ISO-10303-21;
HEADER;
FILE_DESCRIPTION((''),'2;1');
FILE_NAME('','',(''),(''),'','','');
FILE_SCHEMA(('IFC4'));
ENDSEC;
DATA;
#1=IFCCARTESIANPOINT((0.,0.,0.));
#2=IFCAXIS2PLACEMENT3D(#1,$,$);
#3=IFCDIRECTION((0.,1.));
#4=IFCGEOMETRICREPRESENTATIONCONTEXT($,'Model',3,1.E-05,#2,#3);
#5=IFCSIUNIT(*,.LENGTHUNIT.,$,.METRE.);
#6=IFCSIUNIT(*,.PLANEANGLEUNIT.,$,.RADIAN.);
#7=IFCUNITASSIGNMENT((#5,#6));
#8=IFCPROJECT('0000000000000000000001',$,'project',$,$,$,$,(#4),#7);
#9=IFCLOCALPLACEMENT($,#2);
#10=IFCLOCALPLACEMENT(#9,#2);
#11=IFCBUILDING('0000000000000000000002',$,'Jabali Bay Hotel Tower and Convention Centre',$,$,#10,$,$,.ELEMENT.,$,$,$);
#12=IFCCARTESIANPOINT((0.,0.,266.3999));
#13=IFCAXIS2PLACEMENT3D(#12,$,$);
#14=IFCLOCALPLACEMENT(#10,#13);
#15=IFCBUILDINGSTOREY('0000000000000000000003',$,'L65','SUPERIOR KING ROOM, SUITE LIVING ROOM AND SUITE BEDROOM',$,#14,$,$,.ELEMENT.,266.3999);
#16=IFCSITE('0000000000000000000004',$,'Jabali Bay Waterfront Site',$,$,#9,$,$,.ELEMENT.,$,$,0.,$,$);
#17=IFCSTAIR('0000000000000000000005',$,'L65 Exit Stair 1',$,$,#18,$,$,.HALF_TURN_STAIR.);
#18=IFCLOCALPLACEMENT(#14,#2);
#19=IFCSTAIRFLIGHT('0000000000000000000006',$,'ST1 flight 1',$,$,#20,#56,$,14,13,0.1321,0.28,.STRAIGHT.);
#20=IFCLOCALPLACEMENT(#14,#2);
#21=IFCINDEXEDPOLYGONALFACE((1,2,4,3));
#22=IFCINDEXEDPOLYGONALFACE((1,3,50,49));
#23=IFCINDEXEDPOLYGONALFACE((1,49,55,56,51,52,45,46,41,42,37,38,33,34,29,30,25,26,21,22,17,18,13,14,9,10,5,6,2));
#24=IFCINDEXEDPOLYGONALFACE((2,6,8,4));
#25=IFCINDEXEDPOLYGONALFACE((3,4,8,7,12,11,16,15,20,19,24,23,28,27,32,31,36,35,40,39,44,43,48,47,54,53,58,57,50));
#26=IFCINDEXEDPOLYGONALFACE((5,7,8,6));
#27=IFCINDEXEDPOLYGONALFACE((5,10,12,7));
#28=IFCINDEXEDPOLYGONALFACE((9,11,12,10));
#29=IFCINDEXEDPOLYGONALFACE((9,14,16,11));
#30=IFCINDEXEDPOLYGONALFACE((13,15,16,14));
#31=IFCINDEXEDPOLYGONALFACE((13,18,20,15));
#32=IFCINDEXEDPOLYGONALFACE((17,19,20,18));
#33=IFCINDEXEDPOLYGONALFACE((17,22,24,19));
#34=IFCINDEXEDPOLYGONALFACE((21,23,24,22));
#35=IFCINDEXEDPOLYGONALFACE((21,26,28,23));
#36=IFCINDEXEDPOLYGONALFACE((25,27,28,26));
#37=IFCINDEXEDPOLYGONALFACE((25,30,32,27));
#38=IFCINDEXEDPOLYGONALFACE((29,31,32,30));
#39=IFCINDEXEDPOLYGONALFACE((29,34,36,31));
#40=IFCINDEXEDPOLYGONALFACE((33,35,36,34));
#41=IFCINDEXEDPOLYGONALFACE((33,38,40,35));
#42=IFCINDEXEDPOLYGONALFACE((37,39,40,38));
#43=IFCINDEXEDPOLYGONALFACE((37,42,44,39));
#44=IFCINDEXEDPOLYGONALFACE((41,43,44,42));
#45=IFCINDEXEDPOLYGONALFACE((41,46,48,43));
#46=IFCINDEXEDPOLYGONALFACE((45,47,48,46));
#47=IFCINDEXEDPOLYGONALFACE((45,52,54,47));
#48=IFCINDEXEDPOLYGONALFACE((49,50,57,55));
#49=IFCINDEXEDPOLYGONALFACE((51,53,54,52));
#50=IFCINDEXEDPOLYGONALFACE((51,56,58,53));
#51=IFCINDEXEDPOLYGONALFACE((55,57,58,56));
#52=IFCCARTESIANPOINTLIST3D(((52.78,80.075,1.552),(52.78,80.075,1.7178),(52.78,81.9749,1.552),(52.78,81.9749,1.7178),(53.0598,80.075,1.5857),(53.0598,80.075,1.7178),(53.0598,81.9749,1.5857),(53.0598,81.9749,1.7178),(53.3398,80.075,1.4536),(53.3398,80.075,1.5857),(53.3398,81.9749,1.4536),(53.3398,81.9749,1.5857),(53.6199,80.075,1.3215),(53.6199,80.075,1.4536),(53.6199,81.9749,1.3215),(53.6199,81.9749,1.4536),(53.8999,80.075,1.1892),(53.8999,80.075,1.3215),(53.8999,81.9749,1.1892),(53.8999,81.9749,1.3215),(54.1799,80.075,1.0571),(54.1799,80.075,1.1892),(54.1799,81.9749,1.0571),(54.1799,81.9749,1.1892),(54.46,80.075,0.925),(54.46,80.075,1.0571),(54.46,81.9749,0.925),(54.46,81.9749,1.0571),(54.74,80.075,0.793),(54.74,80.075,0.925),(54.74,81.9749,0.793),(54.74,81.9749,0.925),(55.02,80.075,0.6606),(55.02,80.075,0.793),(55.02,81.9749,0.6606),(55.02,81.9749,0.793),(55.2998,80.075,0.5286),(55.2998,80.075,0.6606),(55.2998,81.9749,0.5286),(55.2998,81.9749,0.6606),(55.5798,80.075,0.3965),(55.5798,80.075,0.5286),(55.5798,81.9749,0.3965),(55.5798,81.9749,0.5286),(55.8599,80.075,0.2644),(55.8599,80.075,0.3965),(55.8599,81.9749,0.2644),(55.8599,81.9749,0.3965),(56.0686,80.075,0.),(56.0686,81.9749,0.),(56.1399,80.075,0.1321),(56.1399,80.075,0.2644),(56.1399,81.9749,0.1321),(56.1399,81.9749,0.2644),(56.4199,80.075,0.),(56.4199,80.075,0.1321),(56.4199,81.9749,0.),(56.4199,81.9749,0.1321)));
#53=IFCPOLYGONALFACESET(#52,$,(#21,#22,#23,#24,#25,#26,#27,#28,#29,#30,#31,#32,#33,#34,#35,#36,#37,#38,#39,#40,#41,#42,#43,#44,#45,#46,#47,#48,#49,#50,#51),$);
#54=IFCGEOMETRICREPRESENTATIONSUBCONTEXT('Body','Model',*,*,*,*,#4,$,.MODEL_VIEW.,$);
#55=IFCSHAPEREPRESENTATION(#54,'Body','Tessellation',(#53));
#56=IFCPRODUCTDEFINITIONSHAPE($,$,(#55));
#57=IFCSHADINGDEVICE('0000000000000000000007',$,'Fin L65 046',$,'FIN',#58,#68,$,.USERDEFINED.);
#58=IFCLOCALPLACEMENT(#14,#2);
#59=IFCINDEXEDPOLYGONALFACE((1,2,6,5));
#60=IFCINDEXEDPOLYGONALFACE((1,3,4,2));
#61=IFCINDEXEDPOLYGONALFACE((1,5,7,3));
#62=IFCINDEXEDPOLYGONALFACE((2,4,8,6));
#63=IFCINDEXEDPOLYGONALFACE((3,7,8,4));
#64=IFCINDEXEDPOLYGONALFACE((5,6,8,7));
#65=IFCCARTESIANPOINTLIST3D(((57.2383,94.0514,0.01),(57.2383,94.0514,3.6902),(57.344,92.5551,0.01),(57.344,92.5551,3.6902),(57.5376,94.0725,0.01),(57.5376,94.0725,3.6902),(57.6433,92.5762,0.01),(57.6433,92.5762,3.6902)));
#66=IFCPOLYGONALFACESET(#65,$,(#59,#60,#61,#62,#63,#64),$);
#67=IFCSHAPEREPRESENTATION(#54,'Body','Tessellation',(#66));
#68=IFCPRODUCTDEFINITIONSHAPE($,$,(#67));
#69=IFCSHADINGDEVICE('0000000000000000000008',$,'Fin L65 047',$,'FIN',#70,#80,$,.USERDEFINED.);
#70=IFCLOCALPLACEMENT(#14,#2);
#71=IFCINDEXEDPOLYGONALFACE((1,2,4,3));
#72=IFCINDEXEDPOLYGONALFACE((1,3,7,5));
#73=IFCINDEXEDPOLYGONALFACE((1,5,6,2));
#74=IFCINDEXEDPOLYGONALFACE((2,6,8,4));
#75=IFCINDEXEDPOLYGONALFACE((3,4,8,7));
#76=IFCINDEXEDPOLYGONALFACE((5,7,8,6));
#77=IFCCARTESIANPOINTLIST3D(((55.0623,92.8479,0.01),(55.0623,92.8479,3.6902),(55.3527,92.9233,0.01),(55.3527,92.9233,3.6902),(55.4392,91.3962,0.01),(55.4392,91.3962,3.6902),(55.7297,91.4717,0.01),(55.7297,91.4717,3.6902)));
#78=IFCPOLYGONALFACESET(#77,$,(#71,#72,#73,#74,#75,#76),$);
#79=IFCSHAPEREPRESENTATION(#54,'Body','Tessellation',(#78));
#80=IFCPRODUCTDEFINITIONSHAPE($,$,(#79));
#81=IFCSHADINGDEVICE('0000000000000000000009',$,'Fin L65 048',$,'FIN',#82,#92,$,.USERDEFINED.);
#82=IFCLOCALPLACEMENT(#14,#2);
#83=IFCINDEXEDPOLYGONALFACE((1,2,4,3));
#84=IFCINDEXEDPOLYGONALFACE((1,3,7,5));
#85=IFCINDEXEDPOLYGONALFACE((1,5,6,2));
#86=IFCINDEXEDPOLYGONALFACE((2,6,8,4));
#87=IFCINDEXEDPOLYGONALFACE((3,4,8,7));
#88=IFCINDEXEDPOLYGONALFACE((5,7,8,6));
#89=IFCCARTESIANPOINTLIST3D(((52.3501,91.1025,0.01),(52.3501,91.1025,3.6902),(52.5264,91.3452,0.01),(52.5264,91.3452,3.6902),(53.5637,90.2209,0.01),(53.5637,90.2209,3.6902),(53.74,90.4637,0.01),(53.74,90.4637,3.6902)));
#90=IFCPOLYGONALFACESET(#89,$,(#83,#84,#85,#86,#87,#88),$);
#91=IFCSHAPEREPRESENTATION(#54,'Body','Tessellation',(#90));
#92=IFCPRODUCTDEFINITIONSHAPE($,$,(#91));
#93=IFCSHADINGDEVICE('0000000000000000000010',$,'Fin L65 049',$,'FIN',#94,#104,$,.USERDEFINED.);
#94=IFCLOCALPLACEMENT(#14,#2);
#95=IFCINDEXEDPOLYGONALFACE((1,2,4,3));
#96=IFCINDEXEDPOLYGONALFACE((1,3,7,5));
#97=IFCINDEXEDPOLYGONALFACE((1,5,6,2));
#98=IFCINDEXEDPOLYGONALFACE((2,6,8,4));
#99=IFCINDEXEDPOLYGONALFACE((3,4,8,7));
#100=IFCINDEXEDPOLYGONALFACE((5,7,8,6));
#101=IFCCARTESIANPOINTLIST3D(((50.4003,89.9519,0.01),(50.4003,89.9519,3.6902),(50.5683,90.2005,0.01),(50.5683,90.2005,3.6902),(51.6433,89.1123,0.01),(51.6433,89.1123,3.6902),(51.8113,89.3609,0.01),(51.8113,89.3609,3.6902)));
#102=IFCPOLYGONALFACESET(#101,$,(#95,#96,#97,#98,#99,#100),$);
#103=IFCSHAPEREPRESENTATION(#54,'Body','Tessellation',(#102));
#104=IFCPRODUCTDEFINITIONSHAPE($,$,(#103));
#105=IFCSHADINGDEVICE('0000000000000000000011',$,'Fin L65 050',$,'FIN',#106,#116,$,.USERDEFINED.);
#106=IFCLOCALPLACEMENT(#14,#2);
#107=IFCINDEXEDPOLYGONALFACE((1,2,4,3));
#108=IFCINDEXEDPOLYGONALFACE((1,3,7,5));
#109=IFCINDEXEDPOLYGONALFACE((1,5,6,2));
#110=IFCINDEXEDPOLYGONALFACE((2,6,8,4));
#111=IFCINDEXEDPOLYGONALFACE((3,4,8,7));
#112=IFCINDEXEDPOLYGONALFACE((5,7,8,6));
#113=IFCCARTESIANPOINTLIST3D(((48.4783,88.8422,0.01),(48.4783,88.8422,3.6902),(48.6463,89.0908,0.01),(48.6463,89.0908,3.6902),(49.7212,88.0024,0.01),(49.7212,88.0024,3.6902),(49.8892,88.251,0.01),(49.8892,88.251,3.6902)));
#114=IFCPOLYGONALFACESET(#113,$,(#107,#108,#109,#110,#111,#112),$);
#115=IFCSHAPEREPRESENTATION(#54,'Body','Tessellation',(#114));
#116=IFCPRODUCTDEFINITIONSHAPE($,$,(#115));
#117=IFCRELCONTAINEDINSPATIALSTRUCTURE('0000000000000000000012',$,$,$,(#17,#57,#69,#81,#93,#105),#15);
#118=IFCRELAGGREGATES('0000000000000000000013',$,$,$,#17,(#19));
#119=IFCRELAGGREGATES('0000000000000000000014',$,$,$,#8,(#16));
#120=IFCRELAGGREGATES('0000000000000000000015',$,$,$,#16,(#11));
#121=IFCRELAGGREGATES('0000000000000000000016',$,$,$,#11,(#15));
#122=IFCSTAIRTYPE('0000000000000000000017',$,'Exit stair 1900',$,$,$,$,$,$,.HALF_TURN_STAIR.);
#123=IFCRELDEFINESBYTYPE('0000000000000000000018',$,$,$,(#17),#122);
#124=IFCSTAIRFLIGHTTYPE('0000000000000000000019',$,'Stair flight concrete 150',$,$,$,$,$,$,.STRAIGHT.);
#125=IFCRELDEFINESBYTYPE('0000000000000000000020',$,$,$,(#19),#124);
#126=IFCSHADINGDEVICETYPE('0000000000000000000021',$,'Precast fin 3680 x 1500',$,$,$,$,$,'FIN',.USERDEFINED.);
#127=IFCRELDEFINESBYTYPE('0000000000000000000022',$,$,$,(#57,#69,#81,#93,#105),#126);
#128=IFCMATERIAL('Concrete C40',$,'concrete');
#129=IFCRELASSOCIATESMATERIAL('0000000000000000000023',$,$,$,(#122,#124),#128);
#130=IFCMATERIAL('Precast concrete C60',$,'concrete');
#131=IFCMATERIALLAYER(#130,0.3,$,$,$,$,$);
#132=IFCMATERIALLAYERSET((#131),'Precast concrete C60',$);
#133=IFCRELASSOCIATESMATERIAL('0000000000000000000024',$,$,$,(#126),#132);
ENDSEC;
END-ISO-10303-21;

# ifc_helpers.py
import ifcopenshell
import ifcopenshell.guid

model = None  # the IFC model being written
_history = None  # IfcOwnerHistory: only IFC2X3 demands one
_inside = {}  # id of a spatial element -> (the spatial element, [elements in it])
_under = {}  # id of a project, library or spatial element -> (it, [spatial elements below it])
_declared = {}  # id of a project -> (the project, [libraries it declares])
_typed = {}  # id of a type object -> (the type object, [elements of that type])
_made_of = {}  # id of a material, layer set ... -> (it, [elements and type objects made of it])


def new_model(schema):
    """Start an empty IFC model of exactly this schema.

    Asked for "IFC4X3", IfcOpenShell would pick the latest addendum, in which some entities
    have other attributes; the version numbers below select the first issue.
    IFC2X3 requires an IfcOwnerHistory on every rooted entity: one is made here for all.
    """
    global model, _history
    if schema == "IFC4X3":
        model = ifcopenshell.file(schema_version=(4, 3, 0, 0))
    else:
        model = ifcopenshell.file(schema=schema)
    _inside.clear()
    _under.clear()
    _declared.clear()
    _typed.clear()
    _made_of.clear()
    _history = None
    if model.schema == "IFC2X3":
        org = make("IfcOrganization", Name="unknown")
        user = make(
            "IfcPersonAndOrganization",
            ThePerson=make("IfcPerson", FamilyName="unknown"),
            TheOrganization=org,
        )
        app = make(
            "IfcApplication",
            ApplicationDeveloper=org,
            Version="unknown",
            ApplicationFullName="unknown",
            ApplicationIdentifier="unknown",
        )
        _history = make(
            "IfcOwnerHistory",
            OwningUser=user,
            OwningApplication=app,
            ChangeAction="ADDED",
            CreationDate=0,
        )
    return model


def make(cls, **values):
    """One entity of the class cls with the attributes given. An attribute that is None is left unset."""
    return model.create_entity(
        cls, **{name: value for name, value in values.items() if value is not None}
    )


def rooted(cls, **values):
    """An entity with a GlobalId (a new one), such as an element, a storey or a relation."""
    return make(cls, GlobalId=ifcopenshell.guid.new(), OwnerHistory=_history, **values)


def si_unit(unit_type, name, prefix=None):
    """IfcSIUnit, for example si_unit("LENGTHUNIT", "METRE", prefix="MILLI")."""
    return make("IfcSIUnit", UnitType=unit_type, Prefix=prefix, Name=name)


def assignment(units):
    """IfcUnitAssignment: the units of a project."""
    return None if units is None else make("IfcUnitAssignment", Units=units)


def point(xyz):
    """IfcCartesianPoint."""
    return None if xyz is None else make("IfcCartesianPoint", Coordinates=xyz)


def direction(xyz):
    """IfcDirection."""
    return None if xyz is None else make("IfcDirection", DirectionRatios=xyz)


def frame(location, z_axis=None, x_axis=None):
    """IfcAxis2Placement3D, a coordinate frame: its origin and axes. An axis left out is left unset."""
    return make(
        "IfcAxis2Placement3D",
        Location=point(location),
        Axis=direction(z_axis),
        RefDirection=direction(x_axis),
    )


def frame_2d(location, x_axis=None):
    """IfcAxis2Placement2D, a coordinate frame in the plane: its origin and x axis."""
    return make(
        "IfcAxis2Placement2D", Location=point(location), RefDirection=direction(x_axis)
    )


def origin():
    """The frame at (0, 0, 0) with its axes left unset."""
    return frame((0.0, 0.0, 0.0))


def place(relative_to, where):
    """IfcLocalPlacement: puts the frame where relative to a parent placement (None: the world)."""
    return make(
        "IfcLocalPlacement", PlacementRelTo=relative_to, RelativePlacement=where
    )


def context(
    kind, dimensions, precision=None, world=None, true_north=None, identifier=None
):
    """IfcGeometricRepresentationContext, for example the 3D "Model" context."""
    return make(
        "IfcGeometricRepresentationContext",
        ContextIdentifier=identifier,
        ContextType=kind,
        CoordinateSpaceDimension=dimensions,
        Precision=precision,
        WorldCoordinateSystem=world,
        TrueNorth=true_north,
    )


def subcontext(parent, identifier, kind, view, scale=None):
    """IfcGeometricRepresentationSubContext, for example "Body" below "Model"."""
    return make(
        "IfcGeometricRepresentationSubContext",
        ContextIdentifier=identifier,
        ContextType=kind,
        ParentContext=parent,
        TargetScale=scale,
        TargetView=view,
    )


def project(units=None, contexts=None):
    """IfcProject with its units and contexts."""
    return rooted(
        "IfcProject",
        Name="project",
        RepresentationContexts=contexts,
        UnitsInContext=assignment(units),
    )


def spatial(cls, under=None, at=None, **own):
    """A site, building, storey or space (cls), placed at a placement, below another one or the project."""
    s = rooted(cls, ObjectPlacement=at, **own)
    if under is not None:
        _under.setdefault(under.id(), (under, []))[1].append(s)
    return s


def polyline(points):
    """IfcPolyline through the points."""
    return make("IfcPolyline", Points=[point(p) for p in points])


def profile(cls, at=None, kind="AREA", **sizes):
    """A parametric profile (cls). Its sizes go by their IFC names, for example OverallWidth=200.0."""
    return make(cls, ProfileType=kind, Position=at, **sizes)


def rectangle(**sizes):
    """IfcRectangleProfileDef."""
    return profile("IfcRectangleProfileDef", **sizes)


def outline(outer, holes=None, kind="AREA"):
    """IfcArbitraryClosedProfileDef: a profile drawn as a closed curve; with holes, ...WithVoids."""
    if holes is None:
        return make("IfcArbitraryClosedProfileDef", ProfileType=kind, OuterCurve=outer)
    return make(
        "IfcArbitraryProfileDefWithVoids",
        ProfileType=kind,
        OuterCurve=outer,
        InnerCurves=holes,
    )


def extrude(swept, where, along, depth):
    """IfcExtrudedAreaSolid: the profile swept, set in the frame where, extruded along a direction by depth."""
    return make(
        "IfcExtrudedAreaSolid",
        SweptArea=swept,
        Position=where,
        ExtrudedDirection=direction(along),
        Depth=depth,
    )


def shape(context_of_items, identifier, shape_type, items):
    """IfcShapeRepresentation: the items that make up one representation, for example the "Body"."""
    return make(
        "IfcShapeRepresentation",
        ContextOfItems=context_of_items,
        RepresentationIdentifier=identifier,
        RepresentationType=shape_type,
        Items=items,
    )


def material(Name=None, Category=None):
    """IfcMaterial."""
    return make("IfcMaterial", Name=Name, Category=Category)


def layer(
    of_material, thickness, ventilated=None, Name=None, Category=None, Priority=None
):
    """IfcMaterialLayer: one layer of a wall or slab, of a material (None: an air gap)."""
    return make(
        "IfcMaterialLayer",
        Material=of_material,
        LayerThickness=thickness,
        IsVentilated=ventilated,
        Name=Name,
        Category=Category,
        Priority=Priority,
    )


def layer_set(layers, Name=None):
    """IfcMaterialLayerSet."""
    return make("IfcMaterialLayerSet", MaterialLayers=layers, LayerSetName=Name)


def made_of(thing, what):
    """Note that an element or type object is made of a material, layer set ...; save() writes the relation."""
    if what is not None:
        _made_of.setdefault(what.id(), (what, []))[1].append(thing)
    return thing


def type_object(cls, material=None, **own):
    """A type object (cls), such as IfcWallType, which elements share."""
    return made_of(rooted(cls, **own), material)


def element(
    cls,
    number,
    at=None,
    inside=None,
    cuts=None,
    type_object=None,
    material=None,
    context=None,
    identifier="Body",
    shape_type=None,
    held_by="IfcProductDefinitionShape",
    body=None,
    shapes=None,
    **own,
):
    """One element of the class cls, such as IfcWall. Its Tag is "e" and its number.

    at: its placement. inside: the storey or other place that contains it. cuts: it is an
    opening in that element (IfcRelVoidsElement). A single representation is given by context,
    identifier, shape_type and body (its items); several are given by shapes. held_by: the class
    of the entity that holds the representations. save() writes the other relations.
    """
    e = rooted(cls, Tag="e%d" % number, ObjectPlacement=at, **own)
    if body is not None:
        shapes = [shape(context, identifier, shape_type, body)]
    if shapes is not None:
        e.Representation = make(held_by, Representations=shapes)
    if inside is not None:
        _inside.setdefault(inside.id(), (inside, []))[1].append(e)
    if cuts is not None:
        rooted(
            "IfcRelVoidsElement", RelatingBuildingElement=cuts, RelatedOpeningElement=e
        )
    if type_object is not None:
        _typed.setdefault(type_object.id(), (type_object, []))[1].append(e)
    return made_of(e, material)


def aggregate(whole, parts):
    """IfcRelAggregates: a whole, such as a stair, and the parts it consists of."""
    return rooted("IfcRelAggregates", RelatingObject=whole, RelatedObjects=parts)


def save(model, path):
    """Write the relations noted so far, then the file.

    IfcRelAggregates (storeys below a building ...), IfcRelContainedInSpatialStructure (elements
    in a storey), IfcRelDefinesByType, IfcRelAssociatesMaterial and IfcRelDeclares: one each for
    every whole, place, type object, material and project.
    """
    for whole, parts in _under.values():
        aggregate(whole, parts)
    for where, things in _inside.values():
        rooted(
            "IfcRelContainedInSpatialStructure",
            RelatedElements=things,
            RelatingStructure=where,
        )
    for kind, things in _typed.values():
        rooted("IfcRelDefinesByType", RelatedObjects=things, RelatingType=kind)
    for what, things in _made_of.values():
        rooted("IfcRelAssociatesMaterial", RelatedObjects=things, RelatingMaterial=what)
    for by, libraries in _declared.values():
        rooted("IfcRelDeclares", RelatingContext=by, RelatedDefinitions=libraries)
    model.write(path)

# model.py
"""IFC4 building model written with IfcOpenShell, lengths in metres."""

from ifc_helpers import new_model, si_unit, direction, frame, frame_2d, origin, place, context, subcontext, project, spatial, polyline, rectangle, outline, extrude, material, layer, layer_set, type_object, element, aggregate, save


model = new_model("IFC4")

# Units and contexts
model_context = context("Model", 3, precision=1e-05, world=origin(), true_north=direction((0.0, 1.0)))
body_context = subcontext(model_context, "Body", "Model", "MODEL_VIEW")
ifc_project = project(units=[si_unit("LENGTHUNIT", "METRE"), si_unit("PLANEANGLEUNIT", "RADIAN")], contexts=[model_context])

# Site, building, storey
site_placement = place(None, origin())
site = spatial("IfcSite", under=ifc_project, at=site_placement, Name="Jabali Bay Waterfront Site", CompositionType="ELEMENT", RefElevation=0.0)
building_placement = place(site_placement, origin())
building = spatial("IfcBuilding", under=site, at=building_placement, Name="Jabali Bay Hotel Tower and Convention Centre", CompositionType="ELEMENT")
storey_placement = place(building_placement, frame((0.0, 0.0, 266.3999)))
storey = spatial("IfcBuildingStorey", under=building, at=storey_placement, Name="L65", Description="SUPERIOR KING ROOM, SUITE LIVING ROOM AND SUITE BEDROOM", CompositionType="ELEMENT", Elevation=266.3999)

# Shared definitions
ifc_material_1 = material(Name="Concrete C40", Category="concrete")

# Stair, stair flight
stair_type = type_object("IfcStairType", Name="Exit stair 1900", PredefinedType="HALF_TURN_STAIR", material=ifc_material_1)
stair_placement = place(storey_placement, origin())
stair = element("IfcStair", 1, at=stair_placement, inside=storey, type_object=stair_type, Name="L65 Exit Stair 1", PredefinedType="HALF_TURN_STAIR")
stair_flight_type = type_object("IfcStairFlightType", Name="Stair flight concrete 150", PredefinedType="STRAIGHT", material=ifc_material_1)
stair_flight_placement = place(storey_placement, frame((56.4199, 81.0249, 0.0), z_axis=(0.0, 0.0, 1.0), x_axis=(-1.0, 0.0, 0.0)))
stair_flight = element("IfcStairFlight", 2, at=stair_flight_placement, type_object=stair_flight_type, Name="ST1 flight 1", NumberOfRisers=14, NumberOfTreads=13, PredefinedType="STRAIGHT", RiserHeight=0.1321, TreadLength=0.28, context=body_context, shape_type="SweptSolid", body=[
    extrude(outline(polyline([(0.0, 0.0), (0.0, 0.1321), (0.28, 0.1321), (0.28, 0.2644), (0.5601, 0.2644), (0.5601, 0.3965), (0.8401, 0.3965), (0.8401, 0.5286), (1.1201, 0.5286), (1.1201, 0.6606), (1.3999, 0.6606), (1.3999, 0.793), (1.6799, 0.793), (1.6799, 0.925), (1.96, 0.925), (1.96, 1.0571), (2.24, 1.0571), (2.24, 1.1892), (2.52, 1.1892), (2.52, 1.3215), (2.8, 1.3215), (2.8, 1.4536), (3.0801, 1.4536), (3.0801, 1.5857), (3.3601, 1.5857), (3.3601, 1.7178), (3.6399, 1.7178), (3.6399, 1.8501), (3.6399, 1.552), (0.3513, 0.0), (0.0, 0.0)])), frame((0.0, 0.95, 0.0), z_axis=(0.0, -1.0, 0.0), x_axis=(1.0, 0.0, 0.0)), (0.0, 0.0, 1.0), 1.8999),
])
aggregate(stair, [stair_flight])

# Shading devices
ifc_material_2 = material(Name="Precast concrete C60", Category="concrete")
ifc_layer_1 = layer(ifc_material_2, 0.3)
ifc_layer_set_1 = layer_set([ifc_layer_1], Name="Precast concrete C60")
shading_device_type = type_object("IfcShadingDeviceType", Name="Precast fin 3680 x 1500", ElementType="FIN", PredefinedType="USERDEFINED", material=ifc_layer_set_1)
shading_device_1_placement = place(storey_placement, frame((57.4937, 92.5657, 0.01), z_axis=(0.0, 0.0, 1.0), x_axis=(-0.070472, 0.997514, 0.0)))
element("IfcShadingDevice", 3, at=shading_device_1_placement, inside=storey, type_object=shading_device_type, Name="Fin L65 046", ObjectType="FIN", PredefinedType="USERDEFINED", context=body_context, shape_type="SweptSolid", body=[
    extrude(rectangle(XDim=1.5, YDim=0.3, at=frame_2d((0.75, 0.0))), origin(), (0.0, 0.0, 1.0), 3.6802),
])
shading_device_2_placement = place(storey_placement, frame((55.5845, 91.4338, 0.01), z_axis=(0.0, 0.0, 1.0), x_axis=(-0.251335, 0.9679, 0.0)))
element("IfcShadingDevice", 4, at=shading_device_2_placement, inside=storey, type_object=shading_device_type, Name="Fin L65 047", ObjectType="FIN", PredefinedType="USERDEFINED", context=body_context, shape_type="SweptSolid", body=[
    extrude(rectangle(XDim=1.4998, YDim=0.3, at=frame_2d((0.75, 0.0))), origin(), (0.0, 0.0, 1.0), 3.6802),
])
for number, where, z_axis, x_axis, name in (
    (5, (53.6519, 90.3423, 0.01), (0.0, 0.0, 1.0), (-0.809067, 0.587717, 0.0), "Fin L65 048"),
    (6, (51.7273, 89.2366, 0.01), (0.0, 0.0, 1.0), (-0.828654, 0.559761, 0.0), "Fin L65 049"),
    (7, (49.8052, 88.1267, 0.01), (0.0, 0.0, 1.0), (-0.828579, 0.559873, 0.0), "Fin L65 050"),
):
    element("IfcShadingDevice", number, at=place(storey_placement, frame(where, z_axis=z_axis, x_axis=x_axis)), inside=storey, type_object=shading_device_type, Name=name, ObjectType="FIN", PredefinedType="USERDEFINED", context=body_context, shape_type="SweptSolid", body=[
        extrude(rectangle(XDim=1.5, YDim=0.3, at=frame_2d((0.75, 0.0))), origin(), (0.0, 0.0, 1.0), 3.6802),
    ])

save(model, "model.ifc")
